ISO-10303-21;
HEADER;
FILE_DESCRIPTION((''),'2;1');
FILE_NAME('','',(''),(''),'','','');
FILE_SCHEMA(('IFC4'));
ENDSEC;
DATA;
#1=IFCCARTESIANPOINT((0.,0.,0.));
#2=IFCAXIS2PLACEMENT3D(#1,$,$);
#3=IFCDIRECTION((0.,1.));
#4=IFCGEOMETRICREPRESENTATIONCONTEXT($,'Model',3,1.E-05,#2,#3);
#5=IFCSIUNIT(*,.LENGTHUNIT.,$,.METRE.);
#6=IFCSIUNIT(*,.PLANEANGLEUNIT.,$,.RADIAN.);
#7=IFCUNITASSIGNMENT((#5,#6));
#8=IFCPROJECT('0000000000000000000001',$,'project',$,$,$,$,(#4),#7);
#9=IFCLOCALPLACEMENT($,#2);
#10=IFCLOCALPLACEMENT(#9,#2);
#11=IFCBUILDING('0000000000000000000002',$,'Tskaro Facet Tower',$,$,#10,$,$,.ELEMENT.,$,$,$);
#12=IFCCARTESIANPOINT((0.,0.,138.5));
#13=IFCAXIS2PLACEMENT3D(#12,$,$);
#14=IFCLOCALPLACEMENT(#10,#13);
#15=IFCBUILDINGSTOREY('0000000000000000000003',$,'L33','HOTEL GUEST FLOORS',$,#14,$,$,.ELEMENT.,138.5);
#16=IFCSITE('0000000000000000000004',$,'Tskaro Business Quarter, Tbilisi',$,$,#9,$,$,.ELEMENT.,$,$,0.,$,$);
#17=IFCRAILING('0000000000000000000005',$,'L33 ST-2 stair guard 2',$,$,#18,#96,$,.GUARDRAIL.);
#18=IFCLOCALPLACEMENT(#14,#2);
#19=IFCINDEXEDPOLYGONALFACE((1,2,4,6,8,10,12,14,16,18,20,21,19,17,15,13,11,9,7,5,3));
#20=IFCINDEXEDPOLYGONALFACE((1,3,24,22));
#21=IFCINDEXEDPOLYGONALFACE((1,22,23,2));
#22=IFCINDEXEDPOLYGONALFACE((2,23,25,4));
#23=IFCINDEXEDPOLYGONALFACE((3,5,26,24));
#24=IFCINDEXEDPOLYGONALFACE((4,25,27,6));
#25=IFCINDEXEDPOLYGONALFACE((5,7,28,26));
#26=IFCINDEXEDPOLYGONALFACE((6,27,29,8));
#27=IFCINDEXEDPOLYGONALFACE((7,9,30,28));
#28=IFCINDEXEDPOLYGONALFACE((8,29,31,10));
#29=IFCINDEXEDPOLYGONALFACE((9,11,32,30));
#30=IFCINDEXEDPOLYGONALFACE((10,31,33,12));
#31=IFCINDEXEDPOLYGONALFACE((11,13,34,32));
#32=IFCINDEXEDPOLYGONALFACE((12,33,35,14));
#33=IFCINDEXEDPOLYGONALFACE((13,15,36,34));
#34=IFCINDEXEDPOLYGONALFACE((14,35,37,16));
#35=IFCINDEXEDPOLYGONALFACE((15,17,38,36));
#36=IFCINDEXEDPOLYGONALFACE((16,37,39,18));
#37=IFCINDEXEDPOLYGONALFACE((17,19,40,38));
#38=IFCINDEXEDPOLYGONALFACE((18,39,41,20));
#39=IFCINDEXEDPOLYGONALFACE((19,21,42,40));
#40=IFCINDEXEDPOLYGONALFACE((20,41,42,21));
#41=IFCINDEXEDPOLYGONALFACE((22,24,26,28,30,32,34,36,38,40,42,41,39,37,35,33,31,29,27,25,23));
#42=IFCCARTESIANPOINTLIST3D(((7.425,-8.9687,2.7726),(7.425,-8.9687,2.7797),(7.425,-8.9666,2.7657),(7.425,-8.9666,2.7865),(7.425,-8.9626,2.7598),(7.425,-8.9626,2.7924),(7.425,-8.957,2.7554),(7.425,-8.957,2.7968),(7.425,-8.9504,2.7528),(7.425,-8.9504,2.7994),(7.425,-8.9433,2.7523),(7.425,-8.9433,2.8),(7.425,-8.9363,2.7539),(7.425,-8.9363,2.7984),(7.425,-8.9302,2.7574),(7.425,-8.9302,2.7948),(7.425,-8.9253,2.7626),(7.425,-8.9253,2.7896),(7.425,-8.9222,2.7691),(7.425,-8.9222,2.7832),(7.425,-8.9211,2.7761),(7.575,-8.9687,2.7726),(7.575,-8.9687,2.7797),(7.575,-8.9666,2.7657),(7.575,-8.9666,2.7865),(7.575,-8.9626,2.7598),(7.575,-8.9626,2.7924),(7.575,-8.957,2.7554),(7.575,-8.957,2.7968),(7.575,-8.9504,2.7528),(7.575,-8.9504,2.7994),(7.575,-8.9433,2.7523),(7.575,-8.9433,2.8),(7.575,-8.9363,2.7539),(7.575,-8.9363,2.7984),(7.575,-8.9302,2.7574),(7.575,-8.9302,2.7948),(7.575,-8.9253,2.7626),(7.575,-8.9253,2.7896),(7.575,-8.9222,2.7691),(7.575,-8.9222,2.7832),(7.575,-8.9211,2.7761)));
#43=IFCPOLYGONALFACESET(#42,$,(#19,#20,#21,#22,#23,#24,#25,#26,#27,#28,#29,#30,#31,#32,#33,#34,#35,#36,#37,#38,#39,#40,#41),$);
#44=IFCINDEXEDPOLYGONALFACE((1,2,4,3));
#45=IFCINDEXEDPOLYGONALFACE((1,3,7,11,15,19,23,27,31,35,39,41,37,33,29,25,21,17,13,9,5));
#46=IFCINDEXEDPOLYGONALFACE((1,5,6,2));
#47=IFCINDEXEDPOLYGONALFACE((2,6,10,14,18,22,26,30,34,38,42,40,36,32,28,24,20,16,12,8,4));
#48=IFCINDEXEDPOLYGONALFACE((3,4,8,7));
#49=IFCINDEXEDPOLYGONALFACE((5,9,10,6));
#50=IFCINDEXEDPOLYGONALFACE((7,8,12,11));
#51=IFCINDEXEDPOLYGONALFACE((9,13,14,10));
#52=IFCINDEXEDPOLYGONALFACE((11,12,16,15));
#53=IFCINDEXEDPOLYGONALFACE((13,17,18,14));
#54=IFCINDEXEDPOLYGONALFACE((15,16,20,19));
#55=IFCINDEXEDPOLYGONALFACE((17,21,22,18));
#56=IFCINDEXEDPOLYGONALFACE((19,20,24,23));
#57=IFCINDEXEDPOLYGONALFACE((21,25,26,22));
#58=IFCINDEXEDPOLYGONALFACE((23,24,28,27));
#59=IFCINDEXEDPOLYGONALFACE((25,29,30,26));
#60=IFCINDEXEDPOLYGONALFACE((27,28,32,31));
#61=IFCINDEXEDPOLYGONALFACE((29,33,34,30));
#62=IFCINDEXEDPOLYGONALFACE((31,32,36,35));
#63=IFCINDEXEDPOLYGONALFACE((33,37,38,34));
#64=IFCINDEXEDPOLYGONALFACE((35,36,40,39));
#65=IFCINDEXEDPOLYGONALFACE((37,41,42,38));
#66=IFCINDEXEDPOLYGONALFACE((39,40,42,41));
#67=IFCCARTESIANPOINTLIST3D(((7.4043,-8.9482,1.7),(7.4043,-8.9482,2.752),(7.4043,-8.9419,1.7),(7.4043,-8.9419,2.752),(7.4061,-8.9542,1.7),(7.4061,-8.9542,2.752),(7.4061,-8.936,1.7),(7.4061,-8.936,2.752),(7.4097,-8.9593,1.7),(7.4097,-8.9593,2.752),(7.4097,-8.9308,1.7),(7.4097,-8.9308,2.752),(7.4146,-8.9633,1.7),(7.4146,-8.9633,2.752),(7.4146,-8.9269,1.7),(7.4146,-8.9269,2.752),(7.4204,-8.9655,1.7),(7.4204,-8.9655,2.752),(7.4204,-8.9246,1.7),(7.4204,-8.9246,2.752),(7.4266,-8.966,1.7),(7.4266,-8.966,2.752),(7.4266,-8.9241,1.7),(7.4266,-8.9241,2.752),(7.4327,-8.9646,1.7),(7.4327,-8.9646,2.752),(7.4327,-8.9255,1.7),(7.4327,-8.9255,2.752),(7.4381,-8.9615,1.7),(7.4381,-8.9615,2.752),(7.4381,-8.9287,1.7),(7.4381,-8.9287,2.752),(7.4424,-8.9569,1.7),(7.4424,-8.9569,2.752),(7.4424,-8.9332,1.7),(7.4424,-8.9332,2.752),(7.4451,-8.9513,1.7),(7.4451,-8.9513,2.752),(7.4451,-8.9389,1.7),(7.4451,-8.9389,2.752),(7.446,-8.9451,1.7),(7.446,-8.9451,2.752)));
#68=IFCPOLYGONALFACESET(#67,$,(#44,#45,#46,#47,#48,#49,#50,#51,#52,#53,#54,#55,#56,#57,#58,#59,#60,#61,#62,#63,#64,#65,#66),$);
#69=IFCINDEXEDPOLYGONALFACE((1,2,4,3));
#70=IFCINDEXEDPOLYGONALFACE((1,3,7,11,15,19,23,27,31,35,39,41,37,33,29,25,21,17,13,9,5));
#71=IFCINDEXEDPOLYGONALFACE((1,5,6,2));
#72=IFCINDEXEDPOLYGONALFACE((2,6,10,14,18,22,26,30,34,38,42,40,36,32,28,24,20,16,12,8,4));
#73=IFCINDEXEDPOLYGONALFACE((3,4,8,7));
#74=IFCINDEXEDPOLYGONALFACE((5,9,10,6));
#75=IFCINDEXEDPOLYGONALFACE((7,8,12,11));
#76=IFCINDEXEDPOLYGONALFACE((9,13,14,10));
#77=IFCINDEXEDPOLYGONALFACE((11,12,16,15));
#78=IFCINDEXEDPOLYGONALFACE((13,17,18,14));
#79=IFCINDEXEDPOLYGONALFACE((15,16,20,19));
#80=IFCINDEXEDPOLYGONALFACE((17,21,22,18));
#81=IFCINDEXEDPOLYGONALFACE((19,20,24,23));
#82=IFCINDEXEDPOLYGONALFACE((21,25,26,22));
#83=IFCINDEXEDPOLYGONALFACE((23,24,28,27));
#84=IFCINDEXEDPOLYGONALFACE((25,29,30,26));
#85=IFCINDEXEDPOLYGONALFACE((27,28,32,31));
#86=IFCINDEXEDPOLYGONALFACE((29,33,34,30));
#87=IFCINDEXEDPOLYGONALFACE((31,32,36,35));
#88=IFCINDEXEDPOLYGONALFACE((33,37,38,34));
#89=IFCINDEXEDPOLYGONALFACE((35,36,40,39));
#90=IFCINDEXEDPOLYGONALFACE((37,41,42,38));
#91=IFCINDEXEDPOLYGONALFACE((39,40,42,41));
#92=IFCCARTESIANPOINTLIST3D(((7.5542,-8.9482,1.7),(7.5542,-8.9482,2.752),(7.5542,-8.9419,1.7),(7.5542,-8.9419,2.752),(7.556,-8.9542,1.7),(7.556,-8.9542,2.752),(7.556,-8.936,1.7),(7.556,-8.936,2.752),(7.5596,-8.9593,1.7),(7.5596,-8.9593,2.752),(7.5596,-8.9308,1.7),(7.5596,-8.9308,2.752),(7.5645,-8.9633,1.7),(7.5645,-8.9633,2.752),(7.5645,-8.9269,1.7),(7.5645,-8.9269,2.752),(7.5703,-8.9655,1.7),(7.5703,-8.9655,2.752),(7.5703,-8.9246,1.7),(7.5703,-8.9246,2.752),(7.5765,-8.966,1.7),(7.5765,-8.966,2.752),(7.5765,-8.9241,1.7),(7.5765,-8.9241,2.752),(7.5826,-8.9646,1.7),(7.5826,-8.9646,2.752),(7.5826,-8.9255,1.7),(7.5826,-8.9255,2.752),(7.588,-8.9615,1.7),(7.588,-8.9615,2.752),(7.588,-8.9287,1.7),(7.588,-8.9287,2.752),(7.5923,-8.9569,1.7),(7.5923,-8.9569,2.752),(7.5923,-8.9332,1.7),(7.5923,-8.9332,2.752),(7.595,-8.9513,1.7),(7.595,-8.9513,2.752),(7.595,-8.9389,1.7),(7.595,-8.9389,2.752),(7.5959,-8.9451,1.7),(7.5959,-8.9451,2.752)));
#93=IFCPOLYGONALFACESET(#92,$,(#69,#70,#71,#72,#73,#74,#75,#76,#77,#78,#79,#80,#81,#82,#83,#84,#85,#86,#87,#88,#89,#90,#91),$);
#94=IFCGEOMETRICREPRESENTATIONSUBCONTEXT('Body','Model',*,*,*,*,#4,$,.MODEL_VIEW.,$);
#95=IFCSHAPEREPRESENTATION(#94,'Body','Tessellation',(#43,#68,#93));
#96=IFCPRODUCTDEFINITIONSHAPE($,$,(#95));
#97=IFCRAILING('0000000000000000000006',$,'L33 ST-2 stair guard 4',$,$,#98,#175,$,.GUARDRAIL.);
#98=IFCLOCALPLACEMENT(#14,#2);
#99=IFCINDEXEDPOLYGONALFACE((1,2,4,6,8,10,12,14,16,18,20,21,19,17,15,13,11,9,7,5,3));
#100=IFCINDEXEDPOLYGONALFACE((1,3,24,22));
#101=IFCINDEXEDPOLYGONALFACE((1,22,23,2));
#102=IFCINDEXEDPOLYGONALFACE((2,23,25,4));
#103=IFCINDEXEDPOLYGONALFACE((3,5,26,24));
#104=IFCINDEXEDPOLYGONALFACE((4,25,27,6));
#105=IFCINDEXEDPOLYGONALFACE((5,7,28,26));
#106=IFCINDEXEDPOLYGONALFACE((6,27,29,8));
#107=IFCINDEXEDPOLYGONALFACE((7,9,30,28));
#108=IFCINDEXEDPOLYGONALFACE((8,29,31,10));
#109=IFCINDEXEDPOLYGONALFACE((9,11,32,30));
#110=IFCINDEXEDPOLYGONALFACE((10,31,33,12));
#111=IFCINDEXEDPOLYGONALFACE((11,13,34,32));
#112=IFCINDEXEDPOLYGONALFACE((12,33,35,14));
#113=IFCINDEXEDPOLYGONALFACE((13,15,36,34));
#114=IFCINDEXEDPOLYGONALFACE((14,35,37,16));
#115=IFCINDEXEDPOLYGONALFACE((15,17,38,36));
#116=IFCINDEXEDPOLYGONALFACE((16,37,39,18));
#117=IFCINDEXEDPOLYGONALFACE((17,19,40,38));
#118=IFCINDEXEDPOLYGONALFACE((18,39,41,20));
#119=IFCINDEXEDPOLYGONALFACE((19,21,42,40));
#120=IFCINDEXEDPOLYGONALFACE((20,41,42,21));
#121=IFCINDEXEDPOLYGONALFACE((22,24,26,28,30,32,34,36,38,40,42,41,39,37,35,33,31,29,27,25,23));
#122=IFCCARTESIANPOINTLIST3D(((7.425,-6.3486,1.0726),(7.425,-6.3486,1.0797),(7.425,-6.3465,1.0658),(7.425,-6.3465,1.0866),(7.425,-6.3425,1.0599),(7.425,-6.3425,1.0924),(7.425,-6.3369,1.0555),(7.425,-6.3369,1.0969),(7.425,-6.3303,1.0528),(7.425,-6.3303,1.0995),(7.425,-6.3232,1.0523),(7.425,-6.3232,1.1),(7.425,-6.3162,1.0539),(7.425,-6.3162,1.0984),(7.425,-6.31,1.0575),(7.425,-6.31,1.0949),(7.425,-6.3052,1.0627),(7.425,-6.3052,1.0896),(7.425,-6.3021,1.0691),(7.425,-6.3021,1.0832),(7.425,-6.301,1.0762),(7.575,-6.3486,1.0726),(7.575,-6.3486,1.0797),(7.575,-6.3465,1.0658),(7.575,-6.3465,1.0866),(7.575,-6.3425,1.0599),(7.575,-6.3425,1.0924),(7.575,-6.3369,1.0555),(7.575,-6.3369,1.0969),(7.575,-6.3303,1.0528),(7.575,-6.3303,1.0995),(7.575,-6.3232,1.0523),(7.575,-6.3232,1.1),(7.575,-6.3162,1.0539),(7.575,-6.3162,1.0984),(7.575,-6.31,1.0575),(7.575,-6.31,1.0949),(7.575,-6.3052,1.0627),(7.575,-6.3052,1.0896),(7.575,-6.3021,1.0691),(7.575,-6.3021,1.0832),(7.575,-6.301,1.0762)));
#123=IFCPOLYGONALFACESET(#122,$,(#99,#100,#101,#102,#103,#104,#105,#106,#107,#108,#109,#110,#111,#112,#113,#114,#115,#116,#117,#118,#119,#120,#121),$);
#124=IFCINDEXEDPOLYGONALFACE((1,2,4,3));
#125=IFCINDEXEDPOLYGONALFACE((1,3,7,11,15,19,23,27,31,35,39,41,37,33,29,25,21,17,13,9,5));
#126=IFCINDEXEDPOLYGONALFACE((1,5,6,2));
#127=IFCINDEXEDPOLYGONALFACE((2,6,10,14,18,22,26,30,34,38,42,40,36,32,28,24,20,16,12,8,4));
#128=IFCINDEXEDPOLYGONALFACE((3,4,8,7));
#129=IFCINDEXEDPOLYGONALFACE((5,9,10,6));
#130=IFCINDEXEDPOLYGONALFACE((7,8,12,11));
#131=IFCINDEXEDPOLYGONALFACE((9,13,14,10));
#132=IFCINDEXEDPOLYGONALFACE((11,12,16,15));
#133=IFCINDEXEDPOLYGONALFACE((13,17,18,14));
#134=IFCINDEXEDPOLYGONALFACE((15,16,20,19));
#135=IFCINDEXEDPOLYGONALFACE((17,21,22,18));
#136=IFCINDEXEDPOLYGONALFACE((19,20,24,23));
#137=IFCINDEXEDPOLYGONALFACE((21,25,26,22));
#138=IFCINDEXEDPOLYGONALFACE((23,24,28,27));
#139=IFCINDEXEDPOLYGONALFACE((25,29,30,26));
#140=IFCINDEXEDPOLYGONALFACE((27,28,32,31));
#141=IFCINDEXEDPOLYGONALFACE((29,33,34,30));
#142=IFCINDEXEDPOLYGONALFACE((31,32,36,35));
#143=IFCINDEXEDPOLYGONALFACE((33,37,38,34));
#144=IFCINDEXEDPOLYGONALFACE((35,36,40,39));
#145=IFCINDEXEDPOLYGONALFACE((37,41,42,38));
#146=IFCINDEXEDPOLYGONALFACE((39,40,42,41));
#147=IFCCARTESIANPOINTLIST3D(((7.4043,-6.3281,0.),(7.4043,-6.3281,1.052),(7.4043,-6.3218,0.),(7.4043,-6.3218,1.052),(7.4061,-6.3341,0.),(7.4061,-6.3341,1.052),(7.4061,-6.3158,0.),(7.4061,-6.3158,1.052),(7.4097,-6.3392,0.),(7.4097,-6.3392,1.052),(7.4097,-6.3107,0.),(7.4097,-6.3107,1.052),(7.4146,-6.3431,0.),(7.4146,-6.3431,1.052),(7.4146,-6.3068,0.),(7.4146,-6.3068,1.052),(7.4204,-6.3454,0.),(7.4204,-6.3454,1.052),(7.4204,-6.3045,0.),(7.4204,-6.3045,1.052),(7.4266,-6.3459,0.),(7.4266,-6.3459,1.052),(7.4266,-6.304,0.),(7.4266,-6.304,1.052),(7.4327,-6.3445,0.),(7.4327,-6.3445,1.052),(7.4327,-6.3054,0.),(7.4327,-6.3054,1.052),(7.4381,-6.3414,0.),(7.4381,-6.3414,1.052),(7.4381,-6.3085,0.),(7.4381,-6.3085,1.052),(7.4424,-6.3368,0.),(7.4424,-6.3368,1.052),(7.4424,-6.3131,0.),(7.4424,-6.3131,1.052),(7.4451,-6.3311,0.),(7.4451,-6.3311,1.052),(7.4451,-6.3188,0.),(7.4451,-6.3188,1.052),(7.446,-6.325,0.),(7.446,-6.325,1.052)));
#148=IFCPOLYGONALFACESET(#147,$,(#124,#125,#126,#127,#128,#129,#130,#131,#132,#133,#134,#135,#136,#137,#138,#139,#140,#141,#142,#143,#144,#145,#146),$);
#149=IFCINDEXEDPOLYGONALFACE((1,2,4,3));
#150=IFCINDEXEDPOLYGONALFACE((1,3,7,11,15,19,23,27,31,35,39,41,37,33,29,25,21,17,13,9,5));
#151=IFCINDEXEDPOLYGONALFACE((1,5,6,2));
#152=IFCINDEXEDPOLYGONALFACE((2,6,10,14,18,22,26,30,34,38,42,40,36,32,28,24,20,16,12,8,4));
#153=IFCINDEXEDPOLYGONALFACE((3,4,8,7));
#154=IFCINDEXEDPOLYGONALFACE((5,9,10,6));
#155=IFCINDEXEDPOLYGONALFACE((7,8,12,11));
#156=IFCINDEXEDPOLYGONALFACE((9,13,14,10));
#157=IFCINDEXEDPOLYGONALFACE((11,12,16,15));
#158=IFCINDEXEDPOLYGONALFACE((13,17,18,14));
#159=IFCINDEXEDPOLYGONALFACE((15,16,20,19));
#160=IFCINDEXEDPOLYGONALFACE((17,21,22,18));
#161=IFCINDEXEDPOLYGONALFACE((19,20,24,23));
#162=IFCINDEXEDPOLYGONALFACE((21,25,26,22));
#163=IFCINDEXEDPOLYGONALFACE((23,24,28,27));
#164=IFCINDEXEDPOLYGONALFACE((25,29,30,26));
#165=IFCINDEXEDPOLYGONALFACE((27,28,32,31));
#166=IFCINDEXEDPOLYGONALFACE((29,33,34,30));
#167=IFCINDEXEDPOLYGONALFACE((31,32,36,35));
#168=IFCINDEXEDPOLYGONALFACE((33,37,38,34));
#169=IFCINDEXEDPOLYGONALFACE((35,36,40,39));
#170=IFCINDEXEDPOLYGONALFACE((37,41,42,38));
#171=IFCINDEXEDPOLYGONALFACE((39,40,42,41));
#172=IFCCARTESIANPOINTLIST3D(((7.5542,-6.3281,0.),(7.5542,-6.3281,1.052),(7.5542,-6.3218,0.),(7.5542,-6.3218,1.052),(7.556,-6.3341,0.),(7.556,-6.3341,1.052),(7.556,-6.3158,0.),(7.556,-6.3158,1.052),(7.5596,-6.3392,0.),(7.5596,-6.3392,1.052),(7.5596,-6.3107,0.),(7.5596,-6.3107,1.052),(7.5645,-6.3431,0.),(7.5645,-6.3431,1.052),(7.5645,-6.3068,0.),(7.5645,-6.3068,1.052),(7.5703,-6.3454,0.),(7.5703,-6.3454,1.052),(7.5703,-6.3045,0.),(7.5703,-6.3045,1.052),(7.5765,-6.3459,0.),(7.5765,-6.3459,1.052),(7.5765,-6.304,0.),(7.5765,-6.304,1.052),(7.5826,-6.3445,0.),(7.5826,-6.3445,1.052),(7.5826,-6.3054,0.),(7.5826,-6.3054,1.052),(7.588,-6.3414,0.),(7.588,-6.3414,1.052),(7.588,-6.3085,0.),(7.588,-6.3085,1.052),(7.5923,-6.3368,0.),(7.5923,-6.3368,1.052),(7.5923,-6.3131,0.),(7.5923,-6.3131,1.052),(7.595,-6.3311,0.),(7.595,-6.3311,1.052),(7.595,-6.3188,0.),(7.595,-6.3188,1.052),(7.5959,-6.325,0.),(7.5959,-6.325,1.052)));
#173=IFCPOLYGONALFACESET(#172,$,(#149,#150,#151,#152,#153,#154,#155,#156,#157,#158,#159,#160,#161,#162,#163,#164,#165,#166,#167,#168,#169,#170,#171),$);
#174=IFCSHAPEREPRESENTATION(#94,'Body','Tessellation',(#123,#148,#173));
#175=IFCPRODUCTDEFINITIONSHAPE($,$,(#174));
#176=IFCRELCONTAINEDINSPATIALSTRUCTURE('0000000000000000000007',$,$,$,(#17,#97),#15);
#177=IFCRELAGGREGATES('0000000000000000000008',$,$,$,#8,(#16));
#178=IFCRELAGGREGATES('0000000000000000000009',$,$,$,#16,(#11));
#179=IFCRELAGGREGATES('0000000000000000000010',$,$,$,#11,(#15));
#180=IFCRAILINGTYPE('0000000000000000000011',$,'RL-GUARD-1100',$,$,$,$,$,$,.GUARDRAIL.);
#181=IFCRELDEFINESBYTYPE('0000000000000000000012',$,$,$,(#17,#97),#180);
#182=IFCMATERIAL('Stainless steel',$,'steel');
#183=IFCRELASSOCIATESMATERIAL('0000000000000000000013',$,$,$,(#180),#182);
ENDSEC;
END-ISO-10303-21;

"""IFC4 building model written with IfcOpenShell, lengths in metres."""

from ifc_helpers import new_model, si_unit, direction, frame, origin, origin_2d, place, context, subcontext, project, spatial, circle, extrude, material, type_object, element, save


model = new_model("IFC4")

# Units and contexts
model_context = context("Model", 3, precision=1e-05, world=origin(), true_north=direction((0.0, 1.0)))
body_context = subcontext(model_context, "Body", "Model", "MODEL_VIEW")
ifc_project = project(units=[si_unit("LENGTHUNIT", "METRE"), si_unit("PLANEANGLEUNIT", "RADIAN")], contexts=[model_context])

# Site, building, storey
site_placement = place(None, origin())
site = spatial("IfcSite", under=ifc_project, at=site_placement, Name="Tskaro Business Quarter, Tbilisi", CompositionType="ELEMENT", RefElevation=0.0)
building_placement = place(site_placement, origin())
building = spatial("IfcBuilding", under=site, at=building_placement, Name="Tskaro Facet Tower", CompositionType="ELEMENT")
storey_placement = place(building_placement, frame((0.0, 0.0, 138.5)))
storey = spatial("IfcBuildingStorey", under=building, at=storey_placement, Name="L33", Description="HOTEL GUEST FLOORS", CompositionType="ELEMENT", Elevation=138.5)

# Railings
ifc_material_1 = material(Name="Stainless steel", Category="steel")
railing_type_1 = type_object("IfcRailingType", Name="RL-GUARD-1100", PredefinedType="GUARDRAIL", material=ifc_material_1)
for number, where, name in (
    (1, (7.425, -8.9451, 1.7), "L33 ST-2 stair guard 2"),
    (2, (7.425, -6.325, 0.0), "L33 ST-2 stair guard 4"),
):
    element("IfcRailing", number, at=place(storey_placement, frame(where)), inside=storey, type_object=railing_type_1, Name=name, PredefinedType="GUARDRAIL", context=body_context, shape_type="SweptSolid", body=[
        extrude(circle(Radius=0.0239, at=origin_2d()), frame((0.0, 0.0, 1.0762), z_axis=(1.0, 0.0, 0.0), x_axis=(0.0, 1.0, 0.0)), (0.0, 0.0, 1.0), 0.1499),
        extrude(circle(Radius=0.021, at=origin_2d()), origin(), (0.0, 0.0, 1.0), 1.052),
        extrude(circle(Radius=0.021, at=origin_2d()), frame((0.1499, 0.0, 0.0)), (0.0, 0.0, 1.0), 1.052),
    ])

save(model, "model.ifc")
